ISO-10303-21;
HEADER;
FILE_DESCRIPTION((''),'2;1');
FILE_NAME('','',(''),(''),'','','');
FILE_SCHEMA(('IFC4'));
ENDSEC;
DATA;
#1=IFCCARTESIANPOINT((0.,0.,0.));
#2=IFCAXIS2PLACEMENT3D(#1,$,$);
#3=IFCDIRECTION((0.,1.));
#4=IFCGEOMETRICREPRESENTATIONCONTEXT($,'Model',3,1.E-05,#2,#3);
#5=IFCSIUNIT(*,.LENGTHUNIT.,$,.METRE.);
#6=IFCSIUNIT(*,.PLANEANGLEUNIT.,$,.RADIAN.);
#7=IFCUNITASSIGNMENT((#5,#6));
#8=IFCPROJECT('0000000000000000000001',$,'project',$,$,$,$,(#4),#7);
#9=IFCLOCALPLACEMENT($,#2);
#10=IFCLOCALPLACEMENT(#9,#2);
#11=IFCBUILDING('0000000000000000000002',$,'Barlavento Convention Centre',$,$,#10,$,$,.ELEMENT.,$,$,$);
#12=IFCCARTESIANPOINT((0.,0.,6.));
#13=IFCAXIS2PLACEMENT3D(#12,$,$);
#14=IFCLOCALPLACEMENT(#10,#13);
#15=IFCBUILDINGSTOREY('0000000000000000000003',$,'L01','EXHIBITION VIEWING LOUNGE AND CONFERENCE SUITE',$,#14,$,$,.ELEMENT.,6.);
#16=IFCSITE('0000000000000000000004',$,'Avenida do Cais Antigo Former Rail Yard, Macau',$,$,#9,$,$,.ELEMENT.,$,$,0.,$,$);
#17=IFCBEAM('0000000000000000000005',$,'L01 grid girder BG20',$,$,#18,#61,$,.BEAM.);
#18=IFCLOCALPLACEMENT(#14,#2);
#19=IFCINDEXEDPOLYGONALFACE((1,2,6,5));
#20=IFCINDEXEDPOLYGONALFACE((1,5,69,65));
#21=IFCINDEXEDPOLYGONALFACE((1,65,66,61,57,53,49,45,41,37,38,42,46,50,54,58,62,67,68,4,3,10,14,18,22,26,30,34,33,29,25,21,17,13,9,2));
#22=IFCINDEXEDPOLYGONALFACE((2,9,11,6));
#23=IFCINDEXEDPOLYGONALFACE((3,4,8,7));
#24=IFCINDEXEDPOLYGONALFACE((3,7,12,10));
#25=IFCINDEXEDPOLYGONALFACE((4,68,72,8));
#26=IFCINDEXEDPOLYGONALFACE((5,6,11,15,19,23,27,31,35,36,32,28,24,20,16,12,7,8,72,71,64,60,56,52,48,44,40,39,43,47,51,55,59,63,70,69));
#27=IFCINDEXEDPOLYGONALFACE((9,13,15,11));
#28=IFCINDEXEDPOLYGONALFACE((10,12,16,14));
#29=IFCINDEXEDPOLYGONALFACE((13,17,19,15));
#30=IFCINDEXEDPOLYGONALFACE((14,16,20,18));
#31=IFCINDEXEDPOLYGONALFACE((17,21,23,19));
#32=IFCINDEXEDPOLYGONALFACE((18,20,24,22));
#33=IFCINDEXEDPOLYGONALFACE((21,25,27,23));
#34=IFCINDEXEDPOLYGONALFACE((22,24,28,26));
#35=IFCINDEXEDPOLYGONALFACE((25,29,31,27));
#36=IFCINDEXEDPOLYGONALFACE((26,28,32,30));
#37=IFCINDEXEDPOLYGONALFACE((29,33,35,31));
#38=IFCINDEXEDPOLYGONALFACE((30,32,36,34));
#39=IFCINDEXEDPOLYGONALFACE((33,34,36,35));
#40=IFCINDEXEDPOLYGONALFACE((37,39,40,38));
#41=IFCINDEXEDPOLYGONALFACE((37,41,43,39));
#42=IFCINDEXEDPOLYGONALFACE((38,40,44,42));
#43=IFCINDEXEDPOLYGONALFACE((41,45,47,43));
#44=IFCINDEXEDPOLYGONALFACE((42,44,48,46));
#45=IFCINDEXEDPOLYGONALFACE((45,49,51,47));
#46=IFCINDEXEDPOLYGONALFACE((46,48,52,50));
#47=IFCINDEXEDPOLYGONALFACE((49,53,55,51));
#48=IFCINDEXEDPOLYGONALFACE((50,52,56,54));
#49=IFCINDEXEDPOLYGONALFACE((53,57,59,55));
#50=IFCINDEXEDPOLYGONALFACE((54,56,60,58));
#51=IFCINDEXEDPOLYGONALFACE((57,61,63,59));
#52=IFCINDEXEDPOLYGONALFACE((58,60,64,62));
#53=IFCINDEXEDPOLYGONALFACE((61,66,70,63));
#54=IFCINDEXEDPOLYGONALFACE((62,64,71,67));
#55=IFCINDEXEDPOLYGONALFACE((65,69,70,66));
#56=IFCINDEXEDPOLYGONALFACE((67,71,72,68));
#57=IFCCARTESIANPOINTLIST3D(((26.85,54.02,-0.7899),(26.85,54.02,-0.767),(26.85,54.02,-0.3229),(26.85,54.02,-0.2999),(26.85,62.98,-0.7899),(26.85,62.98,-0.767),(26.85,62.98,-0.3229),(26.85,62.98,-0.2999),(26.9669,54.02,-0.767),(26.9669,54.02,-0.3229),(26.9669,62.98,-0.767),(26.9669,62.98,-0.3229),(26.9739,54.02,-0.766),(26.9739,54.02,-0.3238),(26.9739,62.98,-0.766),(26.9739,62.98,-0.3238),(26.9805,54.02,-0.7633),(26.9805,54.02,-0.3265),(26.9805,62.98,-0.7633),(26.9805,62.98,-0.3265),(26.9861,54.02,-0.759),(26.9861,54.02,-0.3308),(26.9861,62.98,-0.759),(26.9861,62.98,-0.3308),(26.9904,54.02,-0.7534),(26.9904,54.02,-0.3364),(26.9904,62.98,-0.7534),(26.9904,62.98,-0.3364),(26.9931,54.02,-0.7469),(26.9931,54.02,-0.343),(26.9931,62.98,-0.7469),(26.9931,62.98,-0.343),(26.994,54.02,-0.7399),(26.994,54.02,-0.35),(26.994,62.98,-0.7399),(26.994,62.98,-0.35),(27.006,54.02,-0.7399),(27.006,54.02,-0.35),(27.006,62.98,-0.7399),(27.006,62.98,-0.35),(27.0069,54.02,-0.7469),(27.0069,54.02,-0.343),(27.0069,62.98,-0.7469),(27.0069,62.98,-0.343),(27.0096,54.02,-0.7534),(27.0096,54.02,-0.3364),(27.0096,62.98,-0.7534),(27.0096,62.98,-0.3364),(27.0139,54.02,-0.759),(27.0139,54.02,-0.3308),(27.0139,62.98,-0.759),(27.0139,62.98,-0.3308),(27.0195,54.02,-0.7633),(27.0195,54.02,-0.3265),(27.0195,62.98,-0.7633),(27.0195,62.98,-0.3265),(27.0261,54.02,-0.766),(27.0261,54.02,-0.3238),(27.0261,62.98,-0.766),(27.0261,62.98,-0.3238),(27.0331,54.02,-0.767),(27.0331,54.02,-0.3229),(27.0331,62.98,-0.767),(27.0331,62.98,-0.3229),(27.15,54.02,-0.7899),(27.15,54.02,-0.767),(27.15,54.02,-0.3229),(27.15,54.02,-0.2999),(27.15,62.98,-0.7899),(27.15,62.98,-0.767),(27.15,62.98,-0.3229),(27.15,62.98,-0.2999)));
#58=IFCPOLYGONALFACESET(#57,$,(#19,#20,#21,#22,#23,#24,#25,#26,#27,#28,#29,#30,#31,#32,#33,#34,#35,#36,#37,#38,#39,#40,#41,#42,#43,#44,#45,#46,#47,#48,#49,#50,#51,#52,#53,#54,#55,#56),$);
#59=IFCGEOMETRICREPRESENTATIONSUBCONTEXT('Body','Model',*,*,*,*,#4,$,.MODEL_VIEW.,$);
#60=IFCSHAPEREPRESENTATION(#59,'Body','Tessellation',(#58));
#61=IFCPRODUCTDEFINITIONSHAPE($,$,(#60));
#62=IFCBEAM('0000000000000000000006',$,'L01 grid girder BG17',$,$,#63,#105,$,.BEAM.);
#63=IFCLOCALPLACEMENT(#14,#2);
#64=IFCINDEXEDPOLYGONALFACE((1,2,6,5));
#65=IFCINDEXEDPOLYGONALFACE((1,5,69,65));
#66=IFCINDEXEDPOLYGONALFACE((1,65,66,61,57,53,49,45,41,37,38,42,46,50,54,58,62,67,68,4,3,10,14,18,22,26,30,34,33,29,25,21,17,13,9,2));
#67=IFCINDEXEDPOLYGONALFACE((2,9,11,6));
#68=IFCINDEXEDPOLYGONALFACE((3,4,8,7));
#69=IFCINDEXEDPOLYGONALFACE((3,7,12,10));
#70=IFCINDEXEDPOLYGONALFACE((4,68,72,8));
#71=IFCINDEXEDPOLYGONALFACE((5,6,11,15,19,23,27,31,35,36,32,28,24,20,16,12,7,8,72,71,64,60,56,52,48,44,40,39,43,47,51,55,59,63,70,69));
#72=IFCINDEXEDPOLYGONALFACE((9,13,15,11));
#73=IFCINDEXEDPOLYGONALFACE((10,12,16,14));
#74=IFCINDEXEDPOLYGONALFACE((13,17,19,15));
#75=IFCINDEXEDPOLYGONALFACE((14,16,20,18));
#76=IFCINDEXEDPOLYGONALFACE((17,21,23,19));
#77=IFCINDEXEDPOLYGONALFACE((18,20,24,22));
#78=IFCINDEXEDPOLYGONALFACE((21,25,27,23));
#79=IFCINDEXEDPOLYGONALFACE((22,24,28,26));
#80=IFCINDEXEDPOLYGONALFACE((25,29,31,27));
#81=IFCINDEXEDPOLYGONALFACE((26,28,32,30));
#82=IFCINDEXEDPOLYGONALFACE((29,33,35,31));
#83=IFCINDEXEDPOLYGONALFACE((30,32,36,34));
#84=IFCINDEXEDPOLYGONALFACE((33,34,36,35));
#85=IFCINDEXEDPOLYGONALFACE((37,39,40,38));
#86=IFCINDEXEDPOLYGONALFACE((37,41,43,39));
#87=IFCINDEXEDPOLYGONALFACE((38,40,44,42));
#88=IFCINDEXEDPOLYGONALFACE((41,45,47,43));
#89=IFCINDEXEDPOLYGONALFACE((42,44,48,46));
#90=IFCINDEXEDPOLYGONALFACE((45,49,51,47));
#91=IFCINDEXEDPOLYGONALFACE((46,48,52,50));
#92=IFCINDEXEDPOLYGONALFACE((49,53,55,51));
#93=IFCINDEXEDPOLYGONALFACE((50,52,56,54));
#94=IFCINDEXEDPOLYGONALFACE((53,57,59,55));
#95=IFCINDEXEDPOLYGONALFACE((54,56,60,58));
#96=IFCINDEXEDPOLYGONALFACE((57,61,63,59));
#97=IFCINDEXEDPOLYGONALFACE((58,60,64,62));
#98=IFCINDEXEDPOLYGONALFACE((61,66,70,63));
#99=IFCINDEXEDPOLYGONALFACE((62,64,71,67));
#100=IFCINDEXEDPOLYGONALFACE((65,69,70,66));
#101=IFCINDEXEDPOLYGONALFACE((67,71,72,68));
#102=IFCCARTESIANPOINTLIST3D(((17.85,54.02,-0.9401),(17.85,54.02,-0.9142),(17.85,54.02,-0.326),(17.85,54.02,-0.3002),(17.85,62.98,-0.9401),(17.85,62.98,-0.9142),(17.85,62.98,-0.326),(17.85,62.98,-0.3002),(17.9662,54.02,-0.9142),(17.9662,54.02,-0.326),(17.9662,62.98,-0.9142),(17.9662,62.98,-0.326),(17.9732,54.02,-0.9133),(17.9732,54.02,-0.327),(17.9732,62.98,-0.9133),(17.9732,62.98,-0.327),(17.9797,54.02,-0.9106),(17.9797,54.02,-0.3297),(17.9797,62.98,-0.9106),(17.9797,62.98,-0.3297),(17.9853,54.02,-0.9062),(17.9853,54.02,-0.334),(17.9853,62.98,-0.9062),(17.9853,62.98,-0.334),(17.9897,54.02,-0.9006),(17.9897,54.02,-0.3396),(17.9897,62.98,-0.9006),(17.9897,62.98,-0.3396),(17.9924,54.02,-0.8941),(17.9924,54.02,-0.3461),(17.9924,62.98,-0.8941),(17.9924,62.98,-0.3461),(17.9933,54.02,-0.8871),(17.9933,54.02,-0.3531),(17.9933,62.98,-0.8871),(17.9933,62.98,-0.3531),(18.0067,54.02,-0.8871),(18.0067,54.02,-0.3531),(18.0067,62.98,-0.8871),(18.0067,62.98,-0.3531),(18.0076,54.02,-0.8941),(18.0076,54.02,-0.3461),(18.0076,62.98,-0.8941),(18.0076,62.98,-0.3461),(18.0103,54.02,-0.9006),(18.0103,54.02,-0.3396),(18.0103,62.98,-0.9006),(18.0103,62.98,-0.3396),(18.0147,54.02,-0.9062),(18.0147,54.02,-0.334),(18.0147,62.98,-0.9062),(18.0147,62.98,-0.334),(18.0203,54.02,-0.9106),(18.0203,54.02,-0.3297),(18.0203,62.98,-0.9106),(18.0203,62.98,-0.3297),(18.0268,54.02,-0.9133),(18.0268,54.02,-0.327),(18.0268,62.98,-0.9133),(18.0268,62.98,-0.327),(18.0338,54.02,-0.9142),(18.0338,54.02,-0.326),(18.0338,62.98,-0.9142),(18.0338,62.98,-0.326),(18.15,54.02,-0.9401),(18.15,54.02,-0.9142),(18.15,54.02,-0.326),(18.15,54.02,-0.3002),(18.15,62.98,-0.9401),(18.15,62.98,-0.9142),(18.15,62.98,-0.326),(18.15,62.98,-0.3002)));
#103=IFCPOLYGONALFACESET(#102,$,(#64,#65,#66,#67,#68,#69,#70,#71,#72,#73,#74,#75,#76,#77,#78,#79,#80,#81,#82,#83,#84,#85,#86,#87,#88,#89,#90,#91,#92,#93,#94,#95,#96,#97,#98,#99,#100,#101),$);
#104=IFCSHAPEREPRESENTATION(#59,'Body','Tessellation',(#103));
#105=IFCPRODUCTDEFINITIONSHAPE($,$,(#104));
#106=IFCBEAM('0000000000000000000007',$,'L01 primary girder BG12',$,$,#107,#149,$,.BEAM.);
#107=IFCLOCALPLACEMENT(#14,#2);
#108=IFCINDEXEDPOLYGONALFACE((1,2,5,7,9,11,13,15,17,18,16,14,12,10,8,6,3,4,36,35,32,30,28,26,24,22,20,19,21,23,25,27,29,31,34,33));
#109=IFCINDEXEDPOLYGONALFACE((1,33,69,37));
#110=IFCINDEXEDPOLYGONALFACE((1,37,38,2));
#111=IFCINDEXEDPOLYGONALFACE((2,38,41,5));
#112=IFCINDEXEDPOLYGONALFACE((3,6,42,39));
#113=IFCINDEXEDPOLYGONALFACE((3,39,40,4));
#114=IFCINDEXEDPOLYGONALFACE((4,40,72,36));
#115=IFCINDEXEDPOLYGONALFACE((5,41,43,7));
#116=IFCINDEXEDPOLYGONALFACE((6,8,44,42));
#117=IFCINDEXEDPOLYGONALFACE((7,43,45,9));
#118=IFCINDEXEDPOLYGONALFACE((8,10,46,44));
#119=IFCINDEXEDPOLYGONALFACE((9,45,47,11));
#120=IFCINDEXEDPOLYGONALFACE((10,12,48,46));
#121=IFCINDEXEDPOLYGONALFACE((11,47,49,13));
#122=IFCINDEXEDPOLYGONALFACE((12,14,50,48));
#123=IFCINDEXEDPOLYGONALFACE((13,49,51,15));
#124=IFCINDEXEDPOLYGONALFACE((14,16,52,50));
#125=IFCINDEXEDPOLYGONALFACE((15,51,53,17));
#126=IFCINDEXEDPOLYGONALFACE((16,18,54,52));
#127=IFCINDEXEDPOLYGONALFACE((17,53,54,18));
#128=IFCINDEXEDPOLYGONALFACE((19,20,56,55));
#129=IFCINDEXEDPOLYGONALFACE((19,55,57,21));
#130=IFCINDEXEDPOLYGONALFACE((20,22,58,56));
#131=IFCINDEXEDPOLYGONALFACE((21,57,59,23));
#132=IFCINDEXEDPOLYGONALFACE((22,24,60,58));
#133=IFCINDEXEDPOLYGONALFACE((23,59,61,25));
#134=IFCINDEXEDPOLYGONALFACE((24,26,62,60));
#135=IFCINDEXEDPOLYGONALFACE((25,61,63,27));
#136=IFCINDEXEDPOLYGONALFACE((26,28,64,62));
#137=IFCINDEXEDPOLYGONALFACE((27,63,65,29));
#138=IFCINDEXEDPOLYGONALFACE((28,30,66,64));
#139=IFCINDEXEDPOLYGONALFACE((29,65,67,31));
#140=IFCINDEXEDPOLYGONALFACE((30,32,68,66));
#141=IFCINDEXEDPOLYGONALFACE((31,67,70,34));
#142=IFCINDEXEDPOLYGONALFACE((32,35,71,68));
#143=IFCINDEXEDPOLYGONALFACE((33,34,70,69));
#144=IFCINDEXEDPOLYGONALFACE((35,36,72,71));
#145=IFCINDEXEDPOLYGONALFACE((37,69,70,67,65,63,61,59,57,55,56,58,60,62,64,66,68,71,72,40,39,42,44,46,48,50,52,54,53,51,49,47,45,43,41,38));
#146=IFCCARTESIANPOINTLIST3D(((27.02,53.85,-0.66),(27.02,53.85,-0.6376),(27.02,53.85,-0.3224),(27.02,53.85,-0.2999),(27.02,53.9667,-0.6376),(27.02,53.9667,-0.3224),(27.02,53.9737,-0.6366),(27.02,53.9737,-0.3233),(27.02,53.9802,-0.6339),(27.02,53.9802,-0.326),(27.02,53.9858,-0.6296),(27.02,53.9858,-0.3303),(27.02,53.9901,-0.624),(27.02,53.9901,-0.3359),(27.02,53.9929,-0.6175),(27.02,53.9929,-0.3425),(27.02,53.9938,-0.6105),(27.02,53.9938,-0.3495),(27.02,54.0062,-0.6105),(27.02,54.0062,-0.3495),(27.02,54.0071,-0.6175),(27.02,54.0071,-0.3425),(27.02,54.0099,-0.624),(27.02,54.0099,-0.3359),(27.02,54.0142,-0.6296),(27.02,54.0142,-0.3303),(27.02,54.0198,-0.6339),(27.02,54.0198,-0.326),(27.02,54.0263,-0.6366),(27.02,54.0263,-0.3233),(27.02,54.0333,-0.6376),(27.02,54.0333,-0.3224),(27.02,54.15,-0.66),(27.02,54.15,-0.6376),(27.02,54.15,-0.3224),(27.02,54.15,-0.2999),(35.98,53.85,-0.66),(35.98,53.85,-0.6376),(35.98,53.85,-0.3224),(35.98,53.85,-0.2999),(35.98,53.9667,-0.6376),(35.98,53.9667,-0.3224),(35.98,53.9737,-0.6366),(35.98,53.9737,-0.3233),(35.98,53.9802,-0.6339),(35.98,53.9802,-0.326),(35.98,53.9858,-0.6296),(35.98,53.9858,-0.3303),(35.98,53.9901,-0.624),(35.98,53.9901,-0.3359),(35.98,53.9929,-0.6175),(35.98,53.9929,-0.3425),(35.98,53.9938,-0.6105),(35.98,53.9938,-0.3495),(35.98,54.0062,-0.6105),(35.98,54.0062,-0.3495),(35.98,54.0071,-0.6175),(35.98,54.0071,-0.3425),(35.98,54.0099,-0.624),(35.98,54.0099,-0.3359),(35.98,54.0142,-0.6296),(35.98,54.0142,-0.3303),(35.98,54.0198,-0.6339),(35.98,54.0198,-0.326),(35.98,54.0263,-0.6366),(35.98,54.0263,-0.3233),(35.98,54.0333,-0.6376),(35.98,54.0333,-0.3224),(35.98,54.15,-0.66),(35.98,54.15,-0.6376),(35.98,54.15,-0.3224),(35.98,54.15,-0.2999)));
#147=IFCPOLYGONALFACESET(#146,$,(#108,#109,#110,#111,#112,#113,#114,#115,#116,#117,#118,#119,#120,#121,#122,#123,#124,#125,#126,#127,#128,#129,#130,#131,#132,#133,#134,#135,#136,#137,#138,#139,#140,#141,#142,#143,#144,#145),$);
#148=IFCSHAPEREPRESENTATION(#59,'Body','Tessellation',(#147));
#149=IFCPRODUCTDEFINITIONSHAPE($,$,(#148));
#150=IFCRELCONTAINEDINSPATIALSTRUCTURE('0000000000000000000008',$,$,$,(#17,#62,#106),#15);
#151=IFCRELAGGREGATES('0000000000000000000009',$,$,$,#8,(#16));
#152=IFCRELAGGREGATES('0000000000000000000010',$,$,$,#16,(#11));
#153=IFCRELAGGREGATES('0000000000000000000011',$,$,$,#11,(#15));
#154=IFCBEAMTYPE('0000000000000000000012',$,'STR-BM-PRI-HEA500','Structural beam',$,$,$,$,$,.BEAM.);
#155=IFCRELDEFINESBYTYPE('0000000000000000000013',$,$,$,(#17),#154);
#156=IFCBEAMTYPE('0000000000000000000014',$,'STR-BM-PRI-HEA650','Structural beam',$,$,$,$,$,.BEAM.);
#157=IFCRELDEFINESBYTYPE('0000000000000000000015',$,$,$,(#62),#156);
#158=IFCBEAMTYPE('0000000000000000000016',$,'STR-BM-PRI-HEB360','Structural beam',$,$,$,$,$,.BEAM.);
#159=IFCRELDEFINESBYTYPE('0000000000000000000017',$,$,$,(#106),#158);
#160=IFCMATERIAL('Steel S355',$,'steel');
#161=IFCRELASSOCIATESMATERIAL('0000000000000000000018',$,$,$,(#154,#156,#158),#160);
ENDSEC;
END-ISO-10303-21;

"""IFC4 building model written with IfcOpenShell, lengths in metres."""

from ifc_helpers import new_model, si_unit, direction, frame, origin, origin_2d, place, context, subcontext, project, spatial, i_section, extrude, material, material_profile, profile_set, type_object, element, save


model = new_model("IFC4")

# Units and contexts
model_context = context("Model", 3, precision=1e-05, world=origin(), true_north=direction((0.0, 1.0)))
body_context = subcontext(model_context, "Body", "Model", "MODEL_VIEW")
ifc_project = project(units=[si_unit("LENGTHUNIT", "METRE"), si_unit("PLANEANGLEUNIT", "RADIAN")], contexts=[model_context])

# Site, building, storey
site_placement = place(None, origin())
site = spatial("IfcSite", under=ifc_project, at=site_placement, Name="Avenida do Cais Antigo Former Rail Yard, Macau", CompositionType="ELEMENT", RefElevation=0.0)
building_placement = place(site_placement, origin())
building = spatial("IfcBuilding", under=site, at=building_placement, Name="Barlavento Convention Centre", CompositionType="ELEMENT")
storey_placement = place(building_placement, frame((0.0, 0.0, 6.0)))
storey = spatial("IfcBuildingStorey", under=building, at=storey_placement, Name="L01", Description="EXHIBITION VIEWING LOUNGE AND CONFERENCE SUITE", CompositionType="ELEMENT", Elevation=6.0)

# Shared definitions
ifc_material_1 = material(Name="Steel S355", Category="steel")

# Beams
ifc_material_profile_1 = material_profile(ifc_material_1, i_section(OverallWidth=0.3, OverallDepth=0.49, WebThickness=0.012, FlangeThickness=0.0229, FilletRadius=0.0271, at=origin_2d()), Name="HEA 500")
ifc_profile_set_1 = profile_set([ifc_material_profile_1], Name="Steel S355")
beam_type_1 = type_object("IfcBeamType", Name="STR-BM-PRI-HEA500", Description="Structural beam", PredefinedType="BEAM", material=ifc_profile_set_1)
beam_1_placement = place(storey_placement, frame((27.0, 54.02, -0.5449), z_axis=(0.0, 1.0, 0.0), x_axis=(-1.0, 0.0, 0.0)))
element("IfcBeam", 1, at=beam_1_placement, inside=storey, type_object=beam_type_1, Name="L01 grid girder BG20", PredefinedType="BEAM", context=body_context, shape_type="SweptSolid", body=[
    extrude(i_section(OverallWidth=0.3, OverallDepth=0.49, WebThickness=0.012, FlangeThickness=0.0229, FilletRadius=0.0271, at=origin_2d()), origin(), (0.0, 0.0, 1.0), 8.96),
])
ifc_material_profile_2 = material_profile(ifc_material_1, i_section(OverallWidth=0.3, OverallDepth=0.6399, WebThickness=0.0134, FlangeThickness=0.0259, FilletRadius=0.0271, at=origin_2d()), Name="HEA 650")
ifc_profile_set_2 = profile_set([ifc_material_profile_2], Name="Steel S355")
beam_type_2 = type_object("IfcBeamType", Name="STR-BM-PRI-HEA650", Description="Structural beam", PredefinedType="BEAM", material=ifc_profile_set_2)
beam_2_placement = place(storey_placement, frame((18.0, 54.02, -0.6201), z_axis=(0.0, 1.0, 0.0), x_axis=(-1.0, 0.0, 0.0)))
element("IfcBeam", 2, at=beam_2_placement, inside=storey, type_object=beam_type_2, Name="L01 grid girder BG17", PredefinedType="BEAM", context=body_context, shape_type="SweptSolid", body=[
    extrude(i_section(OverallWidth=0.3, OverallDepth=0.6399, WebThickness=0.0134, FlangeThickness=0.0259, FilletRadius=0.0271, at=origin_2d()), origin(), (0.0, 0.0, 1.0), 8.96),
])
ifc_material_profile_3 = material_profile(ifc_material_1, i_section(OverallWidth=0.3, OverallDepth=0.3601, WebThickness=0.0125, FlangeThickness=0.0225, FilletRadius=0.0271, at=origin_2d()), Name="HEB 360")
ifc_profile_set_3 = profile_set([ifc_material_profile_3], Name="Steel S355")
beam_type_3 = type_object("IfcBeamType", Name="STR-BM-PRI-HEB360", Description="Structural beam", PredefinedType="BEAM", material=ifc_profile_set_3)
beam_3_placement = place(storey_placement, frame((27.02, 54.0, -0.48), z_axis=(1.0, 0.0, 0.0), x_axis=(0.0, 1.0, 0.0)))
element("IfcBeam", 3, at=beam_3_placement, inside=storey, type_object=beam_type_3, Name="L01 primary girder BG12", PredefinedType="BEAM", context=body_context, shape_type="SweptSolid", body=[
    extrude(i_section(OverallWidth=0.3, OverallDepth=0.3601, WebThickness=0.0125, FlangeThickness=0.0225, FilletRadius=0.0271, at=origin_2d()), origin(), (0.0, 0.0, 1.0), 8.96),
])

save(model, "model.ifc")
